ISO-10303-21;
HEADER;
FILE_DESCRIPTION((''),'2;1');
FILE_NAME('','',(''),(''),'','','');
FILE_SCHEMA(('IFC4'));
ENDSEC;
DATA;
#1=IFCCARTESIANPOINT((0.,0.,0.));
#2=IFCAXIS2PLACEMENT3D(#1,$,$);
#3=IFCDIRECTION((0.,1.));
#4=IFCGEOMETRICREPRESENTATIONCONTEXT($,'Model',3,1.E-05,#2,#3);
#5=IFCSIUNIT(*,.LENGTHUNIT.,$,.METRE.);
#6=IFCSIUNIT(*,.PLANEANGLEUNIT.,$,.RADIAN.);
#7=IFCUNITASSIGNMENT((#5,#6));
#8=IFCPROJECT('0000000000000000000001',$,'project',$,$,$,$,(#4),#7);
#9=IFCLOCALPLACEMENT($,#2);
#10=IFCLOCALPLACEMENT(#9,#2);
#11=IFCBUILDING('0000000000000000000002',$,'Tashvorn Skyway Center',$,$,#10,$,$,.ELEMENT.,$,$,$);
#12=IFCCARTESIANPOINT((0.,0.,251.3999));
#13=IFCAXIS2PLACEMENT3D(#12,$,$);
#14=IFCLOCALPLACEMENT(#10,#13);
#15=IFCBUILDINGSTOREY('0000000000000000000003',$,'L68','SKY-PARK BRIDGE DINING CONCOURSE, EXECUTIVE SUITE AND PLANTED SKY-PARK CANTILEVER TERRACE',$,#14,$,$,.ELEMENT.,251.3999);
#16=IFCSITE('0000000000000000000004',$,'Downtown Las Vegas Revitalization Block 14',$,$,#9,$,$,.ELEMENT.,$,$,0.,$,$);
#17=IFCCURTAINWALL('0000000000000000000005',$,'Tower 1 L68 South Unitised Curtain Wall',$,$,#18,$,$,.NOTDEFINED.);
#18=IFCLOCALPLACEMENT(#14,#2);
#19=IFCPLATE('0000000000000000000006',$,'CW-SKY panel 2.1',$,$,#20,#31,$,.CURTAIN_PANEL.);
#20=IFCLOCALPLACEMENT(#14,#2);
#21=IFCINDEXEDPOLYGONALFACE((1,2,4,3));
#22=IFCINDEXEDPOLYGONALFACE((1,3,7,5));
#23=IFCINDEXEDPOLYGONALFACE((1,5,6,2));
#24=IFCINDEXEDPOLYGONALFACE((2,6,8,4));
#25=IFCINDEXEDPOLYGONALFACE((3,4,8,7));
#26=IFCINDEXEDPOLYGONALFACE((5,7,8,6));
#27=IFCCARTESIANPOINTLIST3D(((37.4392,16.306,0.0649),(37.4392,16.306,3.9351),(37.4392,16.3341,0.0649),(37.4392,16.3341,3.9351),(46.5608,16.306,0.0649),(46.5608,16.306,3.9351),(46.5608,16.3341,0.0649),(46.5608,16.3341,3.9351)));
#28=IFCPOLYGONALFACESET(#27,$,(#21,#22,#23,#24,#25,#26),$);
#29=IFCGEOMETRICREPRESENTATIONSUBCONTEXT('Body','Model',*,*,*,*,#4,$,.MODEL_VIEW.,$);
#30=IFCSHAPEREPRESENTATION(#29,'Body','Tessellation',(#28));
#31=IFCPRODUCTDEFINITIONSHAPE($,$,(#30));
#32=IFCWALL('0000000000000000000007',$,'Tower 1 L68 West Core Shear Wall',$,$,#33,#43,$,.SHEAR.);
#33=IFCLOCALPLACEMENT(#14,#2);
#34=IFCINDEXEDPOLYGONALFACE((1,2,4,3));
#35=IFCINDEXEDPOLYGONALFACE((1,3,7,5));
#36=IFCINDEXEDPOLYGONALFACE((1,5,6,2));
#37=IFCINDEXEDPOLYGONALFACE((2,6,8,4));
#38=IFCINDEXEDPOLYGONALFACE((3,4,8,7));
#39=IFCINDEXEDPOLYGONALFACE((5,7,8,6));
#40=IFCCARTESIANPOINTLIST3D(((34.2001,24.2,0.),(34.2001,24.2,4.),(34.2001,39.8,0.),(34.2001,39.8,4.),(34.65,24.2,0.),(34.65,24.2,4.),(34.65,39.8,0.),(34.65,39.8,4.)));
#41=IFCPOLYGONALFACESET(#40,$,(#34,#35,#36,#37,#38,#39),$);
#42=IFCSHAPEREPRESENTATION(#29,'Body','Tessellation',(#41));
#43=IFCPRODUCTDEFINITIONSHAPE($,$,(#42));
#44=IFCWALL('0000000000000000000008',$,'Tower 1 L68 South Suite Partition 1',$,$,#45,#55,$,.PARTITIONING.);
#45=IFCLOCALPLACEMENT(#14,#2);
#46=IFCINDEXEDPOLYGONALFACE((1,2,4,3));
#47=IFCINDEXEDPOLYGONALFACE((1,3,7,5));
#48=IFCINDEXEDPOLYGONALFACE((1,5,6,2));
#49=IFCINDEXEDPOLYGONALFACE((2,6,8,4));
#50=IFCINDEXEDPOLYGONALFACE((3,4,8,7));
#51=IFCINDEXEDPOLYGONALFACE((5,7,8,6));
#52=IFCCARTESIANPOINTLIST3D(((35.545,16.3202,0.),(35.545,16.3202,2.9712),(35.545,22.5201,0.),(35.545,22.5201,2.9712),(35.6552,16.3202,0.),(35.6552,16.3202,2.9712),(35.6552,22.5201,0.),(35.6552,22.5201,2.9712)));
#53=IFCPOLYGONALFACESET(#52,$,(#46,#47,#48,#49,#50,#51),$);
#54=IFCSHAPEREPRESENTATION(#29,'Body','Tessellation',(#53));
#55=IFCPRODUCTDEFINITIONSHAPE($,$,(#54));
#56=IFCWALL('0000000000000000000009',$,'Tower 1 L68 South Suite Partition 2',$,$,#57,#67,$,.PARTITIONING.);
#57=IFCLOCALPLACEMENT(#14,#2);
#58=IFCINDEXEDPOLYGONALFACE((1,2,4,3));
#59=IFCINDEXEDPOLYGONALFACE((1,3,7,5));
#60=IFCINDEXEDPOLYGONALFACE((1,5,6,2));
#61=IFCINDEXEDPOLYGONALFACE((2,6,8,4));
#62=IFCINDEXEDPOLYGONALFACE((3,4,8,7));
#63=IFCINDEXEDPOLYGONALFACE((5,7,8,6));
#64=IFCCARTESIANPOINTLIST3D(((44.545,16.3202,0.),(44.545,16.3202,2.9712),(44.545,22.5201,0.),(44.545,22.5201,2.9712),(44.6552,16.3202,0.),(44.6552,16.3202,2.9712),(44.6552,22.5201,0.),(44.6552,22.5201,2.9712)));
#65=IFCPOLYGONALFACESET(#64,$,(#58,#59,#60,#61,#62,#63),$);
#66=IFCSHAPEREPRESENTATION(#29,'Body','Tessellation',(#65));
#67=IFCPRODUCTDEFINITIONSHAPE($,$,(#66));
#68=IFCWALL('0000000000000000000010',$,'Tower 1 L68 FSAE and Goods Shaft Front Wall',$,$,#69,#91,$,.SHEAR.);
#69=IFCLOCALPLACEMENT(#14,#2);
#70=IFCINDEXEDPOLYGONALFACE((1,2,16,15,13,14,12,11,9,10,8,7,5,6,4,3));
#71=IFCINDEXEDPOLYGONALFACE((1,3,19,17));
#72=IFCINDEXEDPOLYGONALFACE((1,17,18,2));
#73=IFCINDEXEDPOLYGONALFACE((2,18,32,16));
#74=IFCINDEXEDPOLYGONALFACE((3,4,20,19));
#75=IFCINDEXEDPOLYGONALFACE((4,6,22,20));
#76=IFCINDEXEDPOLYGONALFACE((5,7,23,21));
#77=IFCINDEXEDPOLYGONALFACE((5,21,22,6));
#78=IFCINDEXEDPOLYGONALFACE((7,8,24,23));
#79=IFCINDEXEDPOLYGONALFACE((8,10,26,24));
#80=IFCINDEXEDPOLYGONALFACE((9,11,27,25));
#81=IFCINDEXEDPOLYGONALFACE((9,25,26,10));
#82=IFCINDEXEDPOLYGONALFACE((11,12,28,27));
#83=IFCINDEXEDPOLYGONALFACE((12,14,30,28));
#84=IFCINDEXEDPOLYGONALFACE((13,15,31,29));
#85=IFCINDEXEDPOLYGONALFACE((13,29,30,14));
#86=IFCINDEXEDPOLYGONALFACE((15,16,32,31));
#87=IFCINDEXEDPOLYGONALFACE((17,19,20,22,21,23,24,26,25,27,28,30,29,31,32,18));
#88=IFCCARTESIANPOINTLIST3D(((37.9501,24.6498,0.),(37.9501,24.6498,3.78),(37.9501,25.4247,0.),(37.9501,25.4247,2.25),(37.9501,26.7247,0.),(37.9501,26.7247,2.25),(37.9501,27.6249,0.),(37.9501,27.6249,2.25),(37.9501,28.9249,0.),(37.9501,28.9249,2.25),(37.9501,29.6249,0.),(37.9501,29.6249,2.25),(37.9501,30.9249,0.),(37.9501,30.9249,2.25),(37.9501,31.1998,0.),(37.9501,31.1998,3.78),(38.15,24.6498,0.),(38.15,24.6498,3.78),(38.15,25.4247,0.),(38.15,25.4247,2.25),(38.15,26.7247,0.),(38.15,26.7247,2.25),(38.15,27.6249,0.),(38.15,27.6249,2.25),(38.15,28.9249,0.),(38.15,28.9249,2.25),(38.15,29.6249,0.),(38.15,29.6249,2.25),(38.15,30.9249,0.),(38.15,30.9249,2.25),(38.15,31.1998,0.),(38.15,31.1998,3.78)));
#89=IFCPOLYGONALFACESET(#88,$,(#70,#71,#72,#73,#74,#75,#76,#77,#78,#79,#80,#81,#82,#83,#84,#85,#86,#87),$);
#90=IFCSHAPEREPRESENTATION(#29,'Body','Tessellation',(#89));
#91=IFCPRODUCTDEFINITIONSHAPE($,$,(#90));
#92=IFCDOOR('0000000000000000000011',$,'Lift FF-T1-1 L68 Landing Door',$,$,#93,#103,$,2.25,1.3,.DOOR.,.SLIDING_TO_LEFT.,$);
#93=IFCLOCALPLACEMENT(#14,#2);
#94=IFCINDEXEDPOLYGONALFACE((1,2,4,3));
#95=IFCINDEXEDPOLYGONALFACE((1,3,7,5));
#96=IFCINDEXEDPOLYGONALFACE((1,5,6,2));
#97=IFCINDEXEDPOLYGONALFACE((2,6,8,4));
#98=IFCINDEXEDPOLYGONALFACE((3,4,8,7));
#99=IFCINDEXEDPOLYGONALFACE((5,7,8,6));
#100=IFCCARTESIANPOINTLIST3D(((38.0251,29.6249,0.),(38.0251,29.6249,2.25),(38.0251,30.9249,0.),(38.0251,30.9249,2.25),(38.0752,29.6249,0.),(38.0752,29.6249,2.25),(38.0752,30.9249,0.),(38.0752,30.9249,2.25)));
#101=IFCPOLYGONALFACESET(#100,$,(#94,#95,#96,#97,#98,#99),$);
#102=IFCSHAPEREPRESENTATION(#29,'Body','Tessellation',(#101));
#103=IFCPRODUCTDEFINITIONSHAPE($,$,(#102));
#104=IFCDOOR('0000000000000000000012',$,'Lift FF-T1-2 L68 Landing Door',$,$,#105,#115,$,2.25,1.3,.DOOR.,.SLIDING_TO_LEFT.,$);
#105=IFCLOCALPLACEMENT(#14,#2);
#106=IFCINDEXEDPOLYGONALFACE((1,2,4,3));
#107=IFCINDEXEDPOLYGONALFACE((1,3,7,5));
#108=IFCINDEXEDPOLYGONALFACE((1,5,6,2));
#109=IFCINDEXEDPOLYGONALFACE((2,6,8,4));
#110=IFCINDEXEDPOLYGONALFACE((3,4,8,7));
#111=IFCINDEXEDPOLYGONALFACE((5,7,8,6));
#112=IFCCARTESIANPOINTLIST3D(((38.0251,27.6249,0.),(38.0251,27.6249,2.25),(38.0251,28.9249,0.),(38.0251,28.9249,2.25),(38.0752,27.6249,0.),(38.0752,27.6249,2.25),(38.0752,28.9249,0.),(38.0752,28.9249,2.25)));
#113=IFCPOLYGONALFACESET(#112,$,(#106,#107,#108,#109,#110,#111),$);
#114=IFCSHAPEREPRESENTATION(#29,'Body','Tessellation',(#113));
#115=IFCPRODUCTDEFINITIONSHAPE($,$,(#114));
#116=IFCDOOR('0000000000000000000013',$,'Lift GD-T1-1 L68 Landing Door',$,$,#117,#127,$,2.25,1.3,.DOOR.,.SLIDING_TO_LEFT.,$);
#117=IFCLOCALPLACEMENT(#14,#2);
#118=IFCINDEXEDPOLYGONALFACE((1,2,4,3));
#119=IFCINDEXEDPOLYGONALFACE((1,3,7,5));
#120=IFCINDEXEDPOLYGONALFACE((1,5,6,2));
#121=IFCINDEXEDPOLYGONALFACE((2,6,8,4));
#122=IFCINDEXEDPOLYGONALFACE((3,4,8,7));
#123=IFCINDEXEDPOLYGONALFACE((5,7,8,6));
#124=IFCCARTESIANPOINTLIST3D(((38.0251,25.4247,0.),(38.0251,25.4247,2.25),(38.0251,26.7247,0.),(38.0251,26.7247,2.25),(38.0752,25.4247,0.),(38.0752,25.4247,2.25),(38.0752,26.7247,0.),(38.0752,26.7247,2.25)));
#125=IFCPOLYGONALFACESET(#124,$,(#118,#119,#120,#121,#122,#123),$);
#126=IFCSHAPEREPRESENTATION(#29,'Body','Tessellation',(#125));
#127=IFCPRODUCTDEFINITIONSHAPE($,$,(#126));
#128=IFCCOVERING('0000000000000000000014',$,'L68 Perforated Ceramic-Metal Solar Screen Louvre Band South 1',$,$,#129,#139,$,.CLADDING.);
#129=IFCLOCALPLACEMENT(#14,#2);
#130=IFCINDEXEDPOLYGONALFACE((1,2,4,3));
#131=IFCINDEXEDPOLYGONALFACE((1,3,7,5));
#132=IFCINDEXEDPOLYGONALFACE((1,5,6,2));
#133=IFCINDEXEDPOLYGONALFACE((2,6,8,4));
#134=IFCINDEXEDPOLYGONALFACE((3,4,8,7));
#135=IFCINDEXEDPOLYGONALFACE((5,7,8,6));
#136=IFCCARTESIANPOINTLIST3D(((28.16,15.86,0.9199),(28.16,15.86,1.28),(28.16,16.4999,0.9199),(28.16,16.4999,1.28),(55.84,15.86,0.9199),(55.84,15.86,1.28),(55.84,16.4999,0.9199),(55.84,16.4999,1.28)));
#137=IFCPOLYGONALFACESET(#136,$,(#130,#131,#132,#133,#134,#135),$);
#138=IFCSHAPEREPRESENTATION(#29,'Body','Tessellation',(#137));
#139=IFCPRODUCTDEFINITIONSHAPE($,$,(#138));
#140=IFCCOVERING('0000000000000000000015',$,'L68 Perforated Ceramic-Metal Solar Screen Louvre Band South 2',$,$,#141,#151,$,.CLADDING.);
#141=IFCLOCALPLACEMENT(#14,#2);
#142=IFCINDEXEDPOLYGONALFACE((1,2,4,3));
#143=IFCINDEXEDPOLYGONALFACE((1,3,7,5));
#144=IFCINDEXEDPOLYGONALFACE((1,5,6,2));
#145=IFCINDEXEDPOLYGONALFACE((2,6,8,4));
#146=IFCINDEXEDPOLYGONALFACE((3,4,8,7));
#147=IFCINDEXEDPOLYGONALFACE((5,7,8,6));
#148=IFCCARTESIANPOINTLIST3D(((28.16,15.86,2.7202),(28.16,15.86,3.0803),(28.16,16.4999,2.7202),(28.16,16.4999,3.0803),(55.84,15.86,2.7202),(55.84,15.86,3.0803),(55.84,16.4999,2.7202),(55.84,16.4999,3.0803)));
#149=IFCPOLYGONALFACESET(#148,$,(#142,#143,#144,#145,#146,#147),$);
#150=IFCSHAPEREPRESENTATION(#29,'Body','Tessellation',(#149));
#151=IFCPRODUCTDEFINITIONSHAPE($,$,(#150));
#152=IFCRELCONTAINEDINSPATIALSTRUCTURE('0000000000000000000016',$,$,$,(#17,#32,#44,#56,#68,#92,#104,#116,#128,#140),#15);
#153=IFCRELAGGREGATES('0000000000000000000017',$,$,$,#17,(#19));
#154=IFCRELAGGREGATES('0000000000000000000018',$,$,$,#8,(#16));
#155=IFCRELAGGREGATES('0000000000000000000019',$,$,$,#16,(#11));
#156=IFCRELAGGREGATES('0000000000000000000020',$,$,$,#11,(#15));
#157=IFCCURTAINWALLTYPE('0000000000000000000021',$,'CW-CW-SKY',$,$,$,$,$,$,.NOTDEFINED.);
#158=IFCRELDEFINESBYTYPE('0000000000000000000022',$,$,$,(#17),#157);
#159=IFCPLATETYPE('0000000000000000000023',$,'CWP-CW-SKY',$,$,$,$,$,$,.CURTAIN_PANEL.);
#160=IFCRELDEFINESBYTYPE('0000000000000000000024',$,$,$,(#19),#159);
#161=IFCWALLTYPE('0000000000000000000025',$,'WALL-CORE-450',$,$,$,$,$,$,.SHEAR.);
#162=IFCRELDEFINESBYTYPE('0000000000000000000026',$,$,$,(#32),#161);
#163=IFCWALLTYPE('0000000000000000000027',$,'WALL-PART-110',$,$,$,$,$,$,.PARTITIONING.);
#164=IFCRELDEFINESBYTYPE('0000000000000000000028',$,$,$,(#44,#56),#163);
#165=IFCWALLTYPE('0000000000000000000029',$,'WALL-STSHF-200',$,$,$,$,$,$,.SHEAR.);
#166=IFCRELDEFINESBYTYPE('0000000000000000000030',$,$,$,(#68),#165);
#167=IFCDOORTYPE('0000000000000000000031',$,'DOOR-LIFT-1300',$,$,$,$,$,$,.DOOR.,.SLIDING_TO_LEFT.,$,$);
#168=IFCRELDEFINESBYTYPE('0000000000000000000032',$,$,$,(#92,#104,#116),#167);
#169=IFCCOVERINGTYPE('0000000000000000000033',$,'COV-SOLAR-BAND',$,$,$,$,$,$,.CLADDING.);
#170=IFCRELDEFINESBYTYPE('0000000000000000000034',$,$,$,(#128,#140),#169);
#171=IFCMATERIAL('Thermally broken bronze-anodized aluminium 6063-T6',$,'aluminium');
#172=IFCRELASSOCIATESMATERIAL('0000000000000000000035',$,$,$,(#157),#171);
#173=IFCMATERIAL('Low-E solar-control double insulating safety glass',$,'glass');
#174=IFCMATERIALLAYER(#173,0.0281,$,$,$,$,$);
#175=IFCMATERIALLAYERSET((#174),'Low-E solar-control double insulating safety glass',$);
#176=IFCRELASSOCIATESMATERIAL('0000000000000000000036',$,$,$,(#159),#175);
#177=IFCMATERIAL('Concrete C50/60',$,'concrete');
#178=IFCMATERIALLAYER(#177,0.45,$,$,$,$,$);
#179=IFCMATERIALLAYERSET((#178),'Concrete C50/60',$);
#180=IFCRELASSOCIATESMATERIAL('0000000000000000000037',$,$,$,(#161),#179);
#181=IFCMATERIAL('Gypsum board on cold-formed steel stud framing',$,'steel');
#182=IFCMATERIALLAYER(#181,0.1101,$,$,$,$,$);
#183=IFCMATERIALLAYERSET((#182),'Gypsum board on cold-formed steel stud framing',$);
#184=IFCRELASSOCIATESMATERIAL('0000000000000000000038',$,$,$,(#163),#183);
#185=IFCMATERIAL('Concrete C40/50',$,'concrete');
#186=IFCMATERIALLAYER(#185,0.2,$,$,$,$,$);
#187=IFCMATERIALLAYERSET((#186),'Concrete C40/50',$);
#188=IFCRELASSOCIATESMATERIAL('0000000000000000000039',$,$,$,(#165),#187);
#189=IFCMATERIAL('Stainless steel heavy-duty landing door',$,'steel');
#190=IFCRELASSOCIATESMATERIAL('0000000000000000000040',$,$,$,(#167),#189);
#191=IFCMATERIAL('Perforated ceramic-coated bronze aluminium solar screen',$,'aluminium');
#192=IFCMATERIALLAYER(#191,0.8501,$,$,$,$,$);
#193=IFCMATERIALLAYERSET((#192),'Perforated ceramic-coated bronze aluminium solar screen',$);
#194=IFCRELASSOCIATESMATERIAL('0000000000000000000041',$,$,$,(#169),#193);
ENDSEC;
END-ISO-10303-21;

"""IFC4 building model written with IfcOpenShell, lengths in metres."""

from ifc_helpers import new_model, si_unit, direction, frame, frame_2d, origin, origin_2d, place, context, subcontext, project, spatial, rectangle, extrude, material, layer, layer_set, type_object, element, fill, aggregate, save


model = new_model("IFC4")

# Units and contexts
model_context = context("Model", 3, precision=1e-05, world=origin(), true_north=direction((0.0, 1.0)))
body_context = subcontext(model_context, "Body", "Model", "MODEL_VIEW")
ifc_project = project(units=[si_unit("LENGTHUNIT", "METRE"), si_unit("PLANEANGLEUNIT", "RADIAN")], contexts=[model_context])

# Site, building, storey
site_placement = place(None, origin())
site = spatial("IfcSite", under=ifc_project, at=site_placement, Name="Downtown Las Vegas Revitalization Block 14", CompositionType="ELEMENT", RefElevation=0.0)
building_placement = place(site_placement, origin())
building = spatial("IfcBuilding", under=site, at=building_placement, Name="Tashvorn Skyway Center", CompositionType="ELEMENT")
storey_placement = place(building_placement, frame((0.0, 0.0, 251.3999)))
storey = spatial("IfcBuildingStorey", under=building, at=storey_placement, Name="L68", Description="SKY-PARK BRIDGE DINING CONCOURSE, EXECUTIVE SUITE AND PLANTED SKY-PARK CANTILEVER TERRACE", CompositionType="ELEMENT", Elevation=251.3999)

# Curtain wall, plate
ifc_material_1 = material(Name="Thermally broken bronze-anodized aluminium 6063-T6", Category="aluminium")
curtain_wall_type = type_object("IfcCurtainWallType", Name="CW-CW-SKY", PredefinedType="NOTDEFINED", material=ifc_material_1)
curtain_wall_placement = place(storey_placement, origin())
curtain_wall = element("IfcCurtainWall", 1, at=curtain_wall_placement, inside=storey, type_object=curtain_wall_type, Name="Tower 1 L68 South Unitised Curtain Wall", PredefinedType="NOTDEFINED")
ifc_material_2 = material(Name="Low-E solar-control double insulating safety glass", Category="glass")
ifc_layer_1 = layer(ifc_material_2, 0.0281)
ifc_layer_set_1 = layer_set([ifc_layer_1], Name="Low-E solar-control double insulating safety glass")
plate_type = type_object("IfcPlateType", Name="CWP-CW-SKY", PredefinedType="CURTAIN_PANEL", material=ifc_layer_set_1)
plate_placement = place(storey_placement, frame((42.0, 16.3201, 0.0649), z_axis=(0.0, 0.0, 1.0), x_axis=(-1.0, 0.0, 0.0)))
plate = element("IfcPlate", 2, at=plate_placement, type_object=plate_type, Name="CW-SKY panel 2.1", PredefinedType="CURTAIN_PANEL", context=body_context, shape_type="SweptSolid", body=[
    extrude(rectangle(XDim=9.1216, YDim=0.0281, at=origin_2d()), origin(), (0.0, 0.0, 1.0), 3.8701),
])
aggregate(curtain_wall, [plate])

# Walls
ifc_material_3 = material(Name="Concrete C50/60", Category="concrete")
ifc_layer_2 = layer(ifc_material_3, 0.45)
ifc_layer_set_2 = layer_set([ifc_layer_2], Name="Concrete C50/60")
wall_type_1 = type_object("IfcWallType", Name="WALL-CORE-450", PredefinedType="SHEAR", material=ifc_layer_set_2)
wall_1_placement = place(storey_placement, frame((34.425, 24.2, 0.0), z_axis=(0.0, 0.0, 1.0), x_axis=(0.0, 1.0, 0.0)))
element("IfcWall", 3, at=wall_1_placement, inside=storey, type_object=wall_type_1, Name="Tower 1 L68 West Core Shear Wall", PredefinedType="SHEAR", context=body_context, shape_type="SweptSolid", body=[
    extrude(rectangle(XDim=15.6001, YDim=0.45, at=frame_2d((7.8, 0.0))), origin(), (0.0, 0.0, 1.0), 4.0),
])
ifc_material_4 = material(Name="Gypsum board on cold-formed steel stud framing", Category="steel")
ifc_layer_3 = layer(ifc_material_4, 0.1101)
ifc_layer_set_3 = layer_set([ifc_layer_3], Name="Gypsum board on cold-formed steel stud framing")
wall_type_2 = type_object("IfcWallType", Name="WALL-PART-110", PredefinedType="PARTITIONING", material=ifc_layer_set_3)
for number, where, z_axis, x_axis, name in (
    (4, (35.6001, 16.3201, 0.0), (0.0, 0.0, 1.0), (0.0, 1.0, 0.0), "Tower 1 L68 South Suite Partition 1"),
    (5, (44.6001, 16.3201, 0.0), (0.0, 0.0, 1.0), (0.0, 1.0, 0.0), "Tower 1 L68 South Suite Partition 2"),
):
    element("IfcWall", number, at=place(storey_placement, frame(where, z_axis=z_axis, x_axis=x_axis)), inside=storey, type_object=wall_type_2, Name=name, PredefinedType="PARTITIONING", context=body_context, shape_type="SweptSolid", body=[
        extrude(rectangle(XDim=6.2, YDim=0.1101, at=frame_2d((3.1001, 0.0))), origin(), (0.0, 0.0, 1.0), 2.9712),
    ])

# Wall, openings, doors
ifc_material_5 = material(Name="Concrete C40/50", Category="concrete")
ifc_layer_4 = layer(ifc_material_5, 0.2)
ifc_layer_set_4 = layer_set([ifc_layer_4], Name="Concrete C40/50")
wall_type_3 = type_object("IfcWallType", Name="WALL-STSHF-200", PredefinedType="SHEAR", material=ifc_layer_set_4)
wall_2_placement = place(storey_placement, frame((38.05, 24.6499, 0.0), z_axis=(0.0, 0.0, 1.0), x_axis=(0.0, 1.0, 0.0)))
wall_2 = element("IfcWall", 6, at=wall_2_placement, inside=storey, type_object=wall_type_3, Name="Tower 1 L68 FSAE and Goods Shaft Front Wall", PredefinedType="SHEAR", context=body_context, shape_type="SweptSolid", body=[
    extrude(rectangle(XDim=6.55, YDim=0.2, at=frame_2d((3.2749, 0.0))), origin(), (0.0, 0.0, 1.0), 3.78),
])
opening_1_placement = place(wall_2_placement, frame((4.9751, 0.0, 0.0)))
opening_1 = element("IfcOpeningElement", 7, at=opening_1_placement, cuts=wall_2, PredefinedType="OPENING", context=body_context, shape_type="SweptSolid", body=[
    extrude(rectangle(XDim=1.3, YDim=2.25, at=frame_2d((0.6499, 1.125))), frame((0.0, 0.1099, 0.0), z_axis=(0.0, -1.0, 0.0), x_axis=(1.0, 0.0, 0.0)), (0.0, 0.0, 1.0), 0.22),
])
opening_2_placement = place(wall_2_placement, frame((2.9751, 0.0, 0.0)))
opening_2 = element("IfcOpeningElement", 8, at=opening_2_placement, cuts=wall_2, PredefinedType="OPENING", context=body_context, shape_type="SweptSolid", body=[
    extrude(rectangle(XDim=1.3, YDim=2.25, at=frame_2d((0.6499, 1.125))), frame((0.0, 0.1099, 0.0), z_axis=(0.0, -1.0, 0.0), x_axis=(1.0, 0.0, 0.0)), (0.0, 0.0, 1.0), 0.22),
])
opening_3_placement = place(wall_2_placement, frame((0.7749, 0.0, 0.0)))
opening_3 = element("IfcOpeningElement", 9, at=opening_3_placement, cuts=wall_2, PredefinedType="OPENING", context=body_context, shape_type="SweptSolid", body=[
    extrude(rectangle(XDim=1.3, YDim=2.25, at=frame_2d((0.6499, 1.125))), frame((0.0, 0.1099, 0.0), z_axis=(0.0, -1.0, 0.0), x_axis=(1.0, 0.0, 0.0)), (0.0, 0.0, 1.0), 0.22),
])
ifc_material_6 = material(Name="Stainless steel heavy-duty landing door", Category="steel")
door_type = type_object("IfcDoorType", Name="DOOR-LIFT-1300", OperationType="SLIDING_TO_LEFT", PredefinedType="DOOR", material=ifc_material_6)
door_1_placement = place(opening_1_placement, origin())
door_1 = element("IfcDoor", 10, at=door_1_placement, inside=storey, type_object=door_type, Name="Lift FF-T1-1 L68 Landing Door", OperationType="SLIDING_TO_LEFT", OverallHeight=2.25, OverallWidth=1.3, PredefinedType="DOOR", context=body_context, shape_type="SweptSolid", body=[
    extrude(rectangle(XDim=1.3, YDim=2.25, at=frame_2d((0.6499, 1.125))), frame((0.0, 0.0249, 0.0), z_axis=(0.0, -1.0, 0.0), x_axis=(1.0, 0.0, 0.0)), (0.0, 0.0, 1.0), 0.05),
])
fill(opening_1, door_1)
door_2_placement = place(opening_2_placement, origin())
door_2 = element("IfcDoor", 11, at=door_2_placement, inside=storey, type_object=door_type, Name="Lift FF-T1-2 L68 Landing Door", OperationType="SLIDING_TO_LEFT", OverallHeight=2.25, OverallWidth=1.3, PredefinedType="DOOR", context=body_context, shape_type="SweptSolid", body=[
    extrude(rectangle(XDim=1.3, YDim=2.25, at=frame_2d((0.6499, 1.125))), frame((0.0, 0.0249, 0.0), z_axis=(0.0, -1.0, 0.0), x_axis=(1.0, 0.0, 0.0)), (0.0, 0.0, 1.0), 0.05),
])
fill(opening_2, door_2)
door_3_placement = place(opening_3_placement, origin())
door_3 = element("IfcDoor", 12, at=door_3_placement, inside=storey, type_object=door_type, Name="Lift GD-T1-1 L68 Landing Door", OperationType="SLIDING_TO_LEFT", OverallHeight=2.25, OverallWidth=1.3, PredefinedType="DOOR", context=body_context, shape_type="SweptSolid", body=[
    extrude(rectangle(XDim=1.3, YDim=2.25, at=frame_2d((0.6499, 1.125))), frame((0.0, 0.0249, 0.0), z_axis=(0.0, -1.0, 0.0), x_axis=(1.0, 0.0, 0.0)), (0.0, 0.0, 1.0), 0.05),
])
fill(opening_3, door_3)

# Coverings
ifc_material_7 = material(Name="Perforated ceramic-coated bronze aluminium solar screen", Category="aluminium")
ifc_layer_5 = layer(ifc_material_7, 0.8501)
ifc_layer_set_5 = layer_set([ifc_layer_5], Name="Perforated ceramic-coated bronze aluminium solar screen")
covering_type = type_object("IfcCoveringType", Name="COV-SOLAR-BAND", PredefinedType="CLADDING", material=ifc_layer_set_5)
for number, where, z_axis, x_axis, name in (
    (13, (42.0, 16.1799, 0.9199), (0.0, 0.0, 1.0), (-1.0, 0.0, 0.0), "L68 Perforated Ceramic-Metal Solar Screen Louvre Band South 1"),
    (14, (42.0, 16.1799, 2.7202), (0.0, 0.0, 1.0), (-1.0, 0.0, 0.0), "L68 Perforated Ceramic-Metal Solar Screen Louvre Band South 2"),
):
    element("IfcCovering", number, at=place(storey_placement, frame(where, z_axis=z_axis, x_axis=x_axis)), inside=storey, type_object=covering_type, Name=name, PredefinedType="CLADDING", context=body_context, shape_type="SweptSolid", body=[
        extrude(rectangle(XDim=27.6799, YDim=0.6399, at=origin_2d()), origin(), (0.0, 0.0, 1.0), 0.3601),
    ])

save(model, "model.ifc")
